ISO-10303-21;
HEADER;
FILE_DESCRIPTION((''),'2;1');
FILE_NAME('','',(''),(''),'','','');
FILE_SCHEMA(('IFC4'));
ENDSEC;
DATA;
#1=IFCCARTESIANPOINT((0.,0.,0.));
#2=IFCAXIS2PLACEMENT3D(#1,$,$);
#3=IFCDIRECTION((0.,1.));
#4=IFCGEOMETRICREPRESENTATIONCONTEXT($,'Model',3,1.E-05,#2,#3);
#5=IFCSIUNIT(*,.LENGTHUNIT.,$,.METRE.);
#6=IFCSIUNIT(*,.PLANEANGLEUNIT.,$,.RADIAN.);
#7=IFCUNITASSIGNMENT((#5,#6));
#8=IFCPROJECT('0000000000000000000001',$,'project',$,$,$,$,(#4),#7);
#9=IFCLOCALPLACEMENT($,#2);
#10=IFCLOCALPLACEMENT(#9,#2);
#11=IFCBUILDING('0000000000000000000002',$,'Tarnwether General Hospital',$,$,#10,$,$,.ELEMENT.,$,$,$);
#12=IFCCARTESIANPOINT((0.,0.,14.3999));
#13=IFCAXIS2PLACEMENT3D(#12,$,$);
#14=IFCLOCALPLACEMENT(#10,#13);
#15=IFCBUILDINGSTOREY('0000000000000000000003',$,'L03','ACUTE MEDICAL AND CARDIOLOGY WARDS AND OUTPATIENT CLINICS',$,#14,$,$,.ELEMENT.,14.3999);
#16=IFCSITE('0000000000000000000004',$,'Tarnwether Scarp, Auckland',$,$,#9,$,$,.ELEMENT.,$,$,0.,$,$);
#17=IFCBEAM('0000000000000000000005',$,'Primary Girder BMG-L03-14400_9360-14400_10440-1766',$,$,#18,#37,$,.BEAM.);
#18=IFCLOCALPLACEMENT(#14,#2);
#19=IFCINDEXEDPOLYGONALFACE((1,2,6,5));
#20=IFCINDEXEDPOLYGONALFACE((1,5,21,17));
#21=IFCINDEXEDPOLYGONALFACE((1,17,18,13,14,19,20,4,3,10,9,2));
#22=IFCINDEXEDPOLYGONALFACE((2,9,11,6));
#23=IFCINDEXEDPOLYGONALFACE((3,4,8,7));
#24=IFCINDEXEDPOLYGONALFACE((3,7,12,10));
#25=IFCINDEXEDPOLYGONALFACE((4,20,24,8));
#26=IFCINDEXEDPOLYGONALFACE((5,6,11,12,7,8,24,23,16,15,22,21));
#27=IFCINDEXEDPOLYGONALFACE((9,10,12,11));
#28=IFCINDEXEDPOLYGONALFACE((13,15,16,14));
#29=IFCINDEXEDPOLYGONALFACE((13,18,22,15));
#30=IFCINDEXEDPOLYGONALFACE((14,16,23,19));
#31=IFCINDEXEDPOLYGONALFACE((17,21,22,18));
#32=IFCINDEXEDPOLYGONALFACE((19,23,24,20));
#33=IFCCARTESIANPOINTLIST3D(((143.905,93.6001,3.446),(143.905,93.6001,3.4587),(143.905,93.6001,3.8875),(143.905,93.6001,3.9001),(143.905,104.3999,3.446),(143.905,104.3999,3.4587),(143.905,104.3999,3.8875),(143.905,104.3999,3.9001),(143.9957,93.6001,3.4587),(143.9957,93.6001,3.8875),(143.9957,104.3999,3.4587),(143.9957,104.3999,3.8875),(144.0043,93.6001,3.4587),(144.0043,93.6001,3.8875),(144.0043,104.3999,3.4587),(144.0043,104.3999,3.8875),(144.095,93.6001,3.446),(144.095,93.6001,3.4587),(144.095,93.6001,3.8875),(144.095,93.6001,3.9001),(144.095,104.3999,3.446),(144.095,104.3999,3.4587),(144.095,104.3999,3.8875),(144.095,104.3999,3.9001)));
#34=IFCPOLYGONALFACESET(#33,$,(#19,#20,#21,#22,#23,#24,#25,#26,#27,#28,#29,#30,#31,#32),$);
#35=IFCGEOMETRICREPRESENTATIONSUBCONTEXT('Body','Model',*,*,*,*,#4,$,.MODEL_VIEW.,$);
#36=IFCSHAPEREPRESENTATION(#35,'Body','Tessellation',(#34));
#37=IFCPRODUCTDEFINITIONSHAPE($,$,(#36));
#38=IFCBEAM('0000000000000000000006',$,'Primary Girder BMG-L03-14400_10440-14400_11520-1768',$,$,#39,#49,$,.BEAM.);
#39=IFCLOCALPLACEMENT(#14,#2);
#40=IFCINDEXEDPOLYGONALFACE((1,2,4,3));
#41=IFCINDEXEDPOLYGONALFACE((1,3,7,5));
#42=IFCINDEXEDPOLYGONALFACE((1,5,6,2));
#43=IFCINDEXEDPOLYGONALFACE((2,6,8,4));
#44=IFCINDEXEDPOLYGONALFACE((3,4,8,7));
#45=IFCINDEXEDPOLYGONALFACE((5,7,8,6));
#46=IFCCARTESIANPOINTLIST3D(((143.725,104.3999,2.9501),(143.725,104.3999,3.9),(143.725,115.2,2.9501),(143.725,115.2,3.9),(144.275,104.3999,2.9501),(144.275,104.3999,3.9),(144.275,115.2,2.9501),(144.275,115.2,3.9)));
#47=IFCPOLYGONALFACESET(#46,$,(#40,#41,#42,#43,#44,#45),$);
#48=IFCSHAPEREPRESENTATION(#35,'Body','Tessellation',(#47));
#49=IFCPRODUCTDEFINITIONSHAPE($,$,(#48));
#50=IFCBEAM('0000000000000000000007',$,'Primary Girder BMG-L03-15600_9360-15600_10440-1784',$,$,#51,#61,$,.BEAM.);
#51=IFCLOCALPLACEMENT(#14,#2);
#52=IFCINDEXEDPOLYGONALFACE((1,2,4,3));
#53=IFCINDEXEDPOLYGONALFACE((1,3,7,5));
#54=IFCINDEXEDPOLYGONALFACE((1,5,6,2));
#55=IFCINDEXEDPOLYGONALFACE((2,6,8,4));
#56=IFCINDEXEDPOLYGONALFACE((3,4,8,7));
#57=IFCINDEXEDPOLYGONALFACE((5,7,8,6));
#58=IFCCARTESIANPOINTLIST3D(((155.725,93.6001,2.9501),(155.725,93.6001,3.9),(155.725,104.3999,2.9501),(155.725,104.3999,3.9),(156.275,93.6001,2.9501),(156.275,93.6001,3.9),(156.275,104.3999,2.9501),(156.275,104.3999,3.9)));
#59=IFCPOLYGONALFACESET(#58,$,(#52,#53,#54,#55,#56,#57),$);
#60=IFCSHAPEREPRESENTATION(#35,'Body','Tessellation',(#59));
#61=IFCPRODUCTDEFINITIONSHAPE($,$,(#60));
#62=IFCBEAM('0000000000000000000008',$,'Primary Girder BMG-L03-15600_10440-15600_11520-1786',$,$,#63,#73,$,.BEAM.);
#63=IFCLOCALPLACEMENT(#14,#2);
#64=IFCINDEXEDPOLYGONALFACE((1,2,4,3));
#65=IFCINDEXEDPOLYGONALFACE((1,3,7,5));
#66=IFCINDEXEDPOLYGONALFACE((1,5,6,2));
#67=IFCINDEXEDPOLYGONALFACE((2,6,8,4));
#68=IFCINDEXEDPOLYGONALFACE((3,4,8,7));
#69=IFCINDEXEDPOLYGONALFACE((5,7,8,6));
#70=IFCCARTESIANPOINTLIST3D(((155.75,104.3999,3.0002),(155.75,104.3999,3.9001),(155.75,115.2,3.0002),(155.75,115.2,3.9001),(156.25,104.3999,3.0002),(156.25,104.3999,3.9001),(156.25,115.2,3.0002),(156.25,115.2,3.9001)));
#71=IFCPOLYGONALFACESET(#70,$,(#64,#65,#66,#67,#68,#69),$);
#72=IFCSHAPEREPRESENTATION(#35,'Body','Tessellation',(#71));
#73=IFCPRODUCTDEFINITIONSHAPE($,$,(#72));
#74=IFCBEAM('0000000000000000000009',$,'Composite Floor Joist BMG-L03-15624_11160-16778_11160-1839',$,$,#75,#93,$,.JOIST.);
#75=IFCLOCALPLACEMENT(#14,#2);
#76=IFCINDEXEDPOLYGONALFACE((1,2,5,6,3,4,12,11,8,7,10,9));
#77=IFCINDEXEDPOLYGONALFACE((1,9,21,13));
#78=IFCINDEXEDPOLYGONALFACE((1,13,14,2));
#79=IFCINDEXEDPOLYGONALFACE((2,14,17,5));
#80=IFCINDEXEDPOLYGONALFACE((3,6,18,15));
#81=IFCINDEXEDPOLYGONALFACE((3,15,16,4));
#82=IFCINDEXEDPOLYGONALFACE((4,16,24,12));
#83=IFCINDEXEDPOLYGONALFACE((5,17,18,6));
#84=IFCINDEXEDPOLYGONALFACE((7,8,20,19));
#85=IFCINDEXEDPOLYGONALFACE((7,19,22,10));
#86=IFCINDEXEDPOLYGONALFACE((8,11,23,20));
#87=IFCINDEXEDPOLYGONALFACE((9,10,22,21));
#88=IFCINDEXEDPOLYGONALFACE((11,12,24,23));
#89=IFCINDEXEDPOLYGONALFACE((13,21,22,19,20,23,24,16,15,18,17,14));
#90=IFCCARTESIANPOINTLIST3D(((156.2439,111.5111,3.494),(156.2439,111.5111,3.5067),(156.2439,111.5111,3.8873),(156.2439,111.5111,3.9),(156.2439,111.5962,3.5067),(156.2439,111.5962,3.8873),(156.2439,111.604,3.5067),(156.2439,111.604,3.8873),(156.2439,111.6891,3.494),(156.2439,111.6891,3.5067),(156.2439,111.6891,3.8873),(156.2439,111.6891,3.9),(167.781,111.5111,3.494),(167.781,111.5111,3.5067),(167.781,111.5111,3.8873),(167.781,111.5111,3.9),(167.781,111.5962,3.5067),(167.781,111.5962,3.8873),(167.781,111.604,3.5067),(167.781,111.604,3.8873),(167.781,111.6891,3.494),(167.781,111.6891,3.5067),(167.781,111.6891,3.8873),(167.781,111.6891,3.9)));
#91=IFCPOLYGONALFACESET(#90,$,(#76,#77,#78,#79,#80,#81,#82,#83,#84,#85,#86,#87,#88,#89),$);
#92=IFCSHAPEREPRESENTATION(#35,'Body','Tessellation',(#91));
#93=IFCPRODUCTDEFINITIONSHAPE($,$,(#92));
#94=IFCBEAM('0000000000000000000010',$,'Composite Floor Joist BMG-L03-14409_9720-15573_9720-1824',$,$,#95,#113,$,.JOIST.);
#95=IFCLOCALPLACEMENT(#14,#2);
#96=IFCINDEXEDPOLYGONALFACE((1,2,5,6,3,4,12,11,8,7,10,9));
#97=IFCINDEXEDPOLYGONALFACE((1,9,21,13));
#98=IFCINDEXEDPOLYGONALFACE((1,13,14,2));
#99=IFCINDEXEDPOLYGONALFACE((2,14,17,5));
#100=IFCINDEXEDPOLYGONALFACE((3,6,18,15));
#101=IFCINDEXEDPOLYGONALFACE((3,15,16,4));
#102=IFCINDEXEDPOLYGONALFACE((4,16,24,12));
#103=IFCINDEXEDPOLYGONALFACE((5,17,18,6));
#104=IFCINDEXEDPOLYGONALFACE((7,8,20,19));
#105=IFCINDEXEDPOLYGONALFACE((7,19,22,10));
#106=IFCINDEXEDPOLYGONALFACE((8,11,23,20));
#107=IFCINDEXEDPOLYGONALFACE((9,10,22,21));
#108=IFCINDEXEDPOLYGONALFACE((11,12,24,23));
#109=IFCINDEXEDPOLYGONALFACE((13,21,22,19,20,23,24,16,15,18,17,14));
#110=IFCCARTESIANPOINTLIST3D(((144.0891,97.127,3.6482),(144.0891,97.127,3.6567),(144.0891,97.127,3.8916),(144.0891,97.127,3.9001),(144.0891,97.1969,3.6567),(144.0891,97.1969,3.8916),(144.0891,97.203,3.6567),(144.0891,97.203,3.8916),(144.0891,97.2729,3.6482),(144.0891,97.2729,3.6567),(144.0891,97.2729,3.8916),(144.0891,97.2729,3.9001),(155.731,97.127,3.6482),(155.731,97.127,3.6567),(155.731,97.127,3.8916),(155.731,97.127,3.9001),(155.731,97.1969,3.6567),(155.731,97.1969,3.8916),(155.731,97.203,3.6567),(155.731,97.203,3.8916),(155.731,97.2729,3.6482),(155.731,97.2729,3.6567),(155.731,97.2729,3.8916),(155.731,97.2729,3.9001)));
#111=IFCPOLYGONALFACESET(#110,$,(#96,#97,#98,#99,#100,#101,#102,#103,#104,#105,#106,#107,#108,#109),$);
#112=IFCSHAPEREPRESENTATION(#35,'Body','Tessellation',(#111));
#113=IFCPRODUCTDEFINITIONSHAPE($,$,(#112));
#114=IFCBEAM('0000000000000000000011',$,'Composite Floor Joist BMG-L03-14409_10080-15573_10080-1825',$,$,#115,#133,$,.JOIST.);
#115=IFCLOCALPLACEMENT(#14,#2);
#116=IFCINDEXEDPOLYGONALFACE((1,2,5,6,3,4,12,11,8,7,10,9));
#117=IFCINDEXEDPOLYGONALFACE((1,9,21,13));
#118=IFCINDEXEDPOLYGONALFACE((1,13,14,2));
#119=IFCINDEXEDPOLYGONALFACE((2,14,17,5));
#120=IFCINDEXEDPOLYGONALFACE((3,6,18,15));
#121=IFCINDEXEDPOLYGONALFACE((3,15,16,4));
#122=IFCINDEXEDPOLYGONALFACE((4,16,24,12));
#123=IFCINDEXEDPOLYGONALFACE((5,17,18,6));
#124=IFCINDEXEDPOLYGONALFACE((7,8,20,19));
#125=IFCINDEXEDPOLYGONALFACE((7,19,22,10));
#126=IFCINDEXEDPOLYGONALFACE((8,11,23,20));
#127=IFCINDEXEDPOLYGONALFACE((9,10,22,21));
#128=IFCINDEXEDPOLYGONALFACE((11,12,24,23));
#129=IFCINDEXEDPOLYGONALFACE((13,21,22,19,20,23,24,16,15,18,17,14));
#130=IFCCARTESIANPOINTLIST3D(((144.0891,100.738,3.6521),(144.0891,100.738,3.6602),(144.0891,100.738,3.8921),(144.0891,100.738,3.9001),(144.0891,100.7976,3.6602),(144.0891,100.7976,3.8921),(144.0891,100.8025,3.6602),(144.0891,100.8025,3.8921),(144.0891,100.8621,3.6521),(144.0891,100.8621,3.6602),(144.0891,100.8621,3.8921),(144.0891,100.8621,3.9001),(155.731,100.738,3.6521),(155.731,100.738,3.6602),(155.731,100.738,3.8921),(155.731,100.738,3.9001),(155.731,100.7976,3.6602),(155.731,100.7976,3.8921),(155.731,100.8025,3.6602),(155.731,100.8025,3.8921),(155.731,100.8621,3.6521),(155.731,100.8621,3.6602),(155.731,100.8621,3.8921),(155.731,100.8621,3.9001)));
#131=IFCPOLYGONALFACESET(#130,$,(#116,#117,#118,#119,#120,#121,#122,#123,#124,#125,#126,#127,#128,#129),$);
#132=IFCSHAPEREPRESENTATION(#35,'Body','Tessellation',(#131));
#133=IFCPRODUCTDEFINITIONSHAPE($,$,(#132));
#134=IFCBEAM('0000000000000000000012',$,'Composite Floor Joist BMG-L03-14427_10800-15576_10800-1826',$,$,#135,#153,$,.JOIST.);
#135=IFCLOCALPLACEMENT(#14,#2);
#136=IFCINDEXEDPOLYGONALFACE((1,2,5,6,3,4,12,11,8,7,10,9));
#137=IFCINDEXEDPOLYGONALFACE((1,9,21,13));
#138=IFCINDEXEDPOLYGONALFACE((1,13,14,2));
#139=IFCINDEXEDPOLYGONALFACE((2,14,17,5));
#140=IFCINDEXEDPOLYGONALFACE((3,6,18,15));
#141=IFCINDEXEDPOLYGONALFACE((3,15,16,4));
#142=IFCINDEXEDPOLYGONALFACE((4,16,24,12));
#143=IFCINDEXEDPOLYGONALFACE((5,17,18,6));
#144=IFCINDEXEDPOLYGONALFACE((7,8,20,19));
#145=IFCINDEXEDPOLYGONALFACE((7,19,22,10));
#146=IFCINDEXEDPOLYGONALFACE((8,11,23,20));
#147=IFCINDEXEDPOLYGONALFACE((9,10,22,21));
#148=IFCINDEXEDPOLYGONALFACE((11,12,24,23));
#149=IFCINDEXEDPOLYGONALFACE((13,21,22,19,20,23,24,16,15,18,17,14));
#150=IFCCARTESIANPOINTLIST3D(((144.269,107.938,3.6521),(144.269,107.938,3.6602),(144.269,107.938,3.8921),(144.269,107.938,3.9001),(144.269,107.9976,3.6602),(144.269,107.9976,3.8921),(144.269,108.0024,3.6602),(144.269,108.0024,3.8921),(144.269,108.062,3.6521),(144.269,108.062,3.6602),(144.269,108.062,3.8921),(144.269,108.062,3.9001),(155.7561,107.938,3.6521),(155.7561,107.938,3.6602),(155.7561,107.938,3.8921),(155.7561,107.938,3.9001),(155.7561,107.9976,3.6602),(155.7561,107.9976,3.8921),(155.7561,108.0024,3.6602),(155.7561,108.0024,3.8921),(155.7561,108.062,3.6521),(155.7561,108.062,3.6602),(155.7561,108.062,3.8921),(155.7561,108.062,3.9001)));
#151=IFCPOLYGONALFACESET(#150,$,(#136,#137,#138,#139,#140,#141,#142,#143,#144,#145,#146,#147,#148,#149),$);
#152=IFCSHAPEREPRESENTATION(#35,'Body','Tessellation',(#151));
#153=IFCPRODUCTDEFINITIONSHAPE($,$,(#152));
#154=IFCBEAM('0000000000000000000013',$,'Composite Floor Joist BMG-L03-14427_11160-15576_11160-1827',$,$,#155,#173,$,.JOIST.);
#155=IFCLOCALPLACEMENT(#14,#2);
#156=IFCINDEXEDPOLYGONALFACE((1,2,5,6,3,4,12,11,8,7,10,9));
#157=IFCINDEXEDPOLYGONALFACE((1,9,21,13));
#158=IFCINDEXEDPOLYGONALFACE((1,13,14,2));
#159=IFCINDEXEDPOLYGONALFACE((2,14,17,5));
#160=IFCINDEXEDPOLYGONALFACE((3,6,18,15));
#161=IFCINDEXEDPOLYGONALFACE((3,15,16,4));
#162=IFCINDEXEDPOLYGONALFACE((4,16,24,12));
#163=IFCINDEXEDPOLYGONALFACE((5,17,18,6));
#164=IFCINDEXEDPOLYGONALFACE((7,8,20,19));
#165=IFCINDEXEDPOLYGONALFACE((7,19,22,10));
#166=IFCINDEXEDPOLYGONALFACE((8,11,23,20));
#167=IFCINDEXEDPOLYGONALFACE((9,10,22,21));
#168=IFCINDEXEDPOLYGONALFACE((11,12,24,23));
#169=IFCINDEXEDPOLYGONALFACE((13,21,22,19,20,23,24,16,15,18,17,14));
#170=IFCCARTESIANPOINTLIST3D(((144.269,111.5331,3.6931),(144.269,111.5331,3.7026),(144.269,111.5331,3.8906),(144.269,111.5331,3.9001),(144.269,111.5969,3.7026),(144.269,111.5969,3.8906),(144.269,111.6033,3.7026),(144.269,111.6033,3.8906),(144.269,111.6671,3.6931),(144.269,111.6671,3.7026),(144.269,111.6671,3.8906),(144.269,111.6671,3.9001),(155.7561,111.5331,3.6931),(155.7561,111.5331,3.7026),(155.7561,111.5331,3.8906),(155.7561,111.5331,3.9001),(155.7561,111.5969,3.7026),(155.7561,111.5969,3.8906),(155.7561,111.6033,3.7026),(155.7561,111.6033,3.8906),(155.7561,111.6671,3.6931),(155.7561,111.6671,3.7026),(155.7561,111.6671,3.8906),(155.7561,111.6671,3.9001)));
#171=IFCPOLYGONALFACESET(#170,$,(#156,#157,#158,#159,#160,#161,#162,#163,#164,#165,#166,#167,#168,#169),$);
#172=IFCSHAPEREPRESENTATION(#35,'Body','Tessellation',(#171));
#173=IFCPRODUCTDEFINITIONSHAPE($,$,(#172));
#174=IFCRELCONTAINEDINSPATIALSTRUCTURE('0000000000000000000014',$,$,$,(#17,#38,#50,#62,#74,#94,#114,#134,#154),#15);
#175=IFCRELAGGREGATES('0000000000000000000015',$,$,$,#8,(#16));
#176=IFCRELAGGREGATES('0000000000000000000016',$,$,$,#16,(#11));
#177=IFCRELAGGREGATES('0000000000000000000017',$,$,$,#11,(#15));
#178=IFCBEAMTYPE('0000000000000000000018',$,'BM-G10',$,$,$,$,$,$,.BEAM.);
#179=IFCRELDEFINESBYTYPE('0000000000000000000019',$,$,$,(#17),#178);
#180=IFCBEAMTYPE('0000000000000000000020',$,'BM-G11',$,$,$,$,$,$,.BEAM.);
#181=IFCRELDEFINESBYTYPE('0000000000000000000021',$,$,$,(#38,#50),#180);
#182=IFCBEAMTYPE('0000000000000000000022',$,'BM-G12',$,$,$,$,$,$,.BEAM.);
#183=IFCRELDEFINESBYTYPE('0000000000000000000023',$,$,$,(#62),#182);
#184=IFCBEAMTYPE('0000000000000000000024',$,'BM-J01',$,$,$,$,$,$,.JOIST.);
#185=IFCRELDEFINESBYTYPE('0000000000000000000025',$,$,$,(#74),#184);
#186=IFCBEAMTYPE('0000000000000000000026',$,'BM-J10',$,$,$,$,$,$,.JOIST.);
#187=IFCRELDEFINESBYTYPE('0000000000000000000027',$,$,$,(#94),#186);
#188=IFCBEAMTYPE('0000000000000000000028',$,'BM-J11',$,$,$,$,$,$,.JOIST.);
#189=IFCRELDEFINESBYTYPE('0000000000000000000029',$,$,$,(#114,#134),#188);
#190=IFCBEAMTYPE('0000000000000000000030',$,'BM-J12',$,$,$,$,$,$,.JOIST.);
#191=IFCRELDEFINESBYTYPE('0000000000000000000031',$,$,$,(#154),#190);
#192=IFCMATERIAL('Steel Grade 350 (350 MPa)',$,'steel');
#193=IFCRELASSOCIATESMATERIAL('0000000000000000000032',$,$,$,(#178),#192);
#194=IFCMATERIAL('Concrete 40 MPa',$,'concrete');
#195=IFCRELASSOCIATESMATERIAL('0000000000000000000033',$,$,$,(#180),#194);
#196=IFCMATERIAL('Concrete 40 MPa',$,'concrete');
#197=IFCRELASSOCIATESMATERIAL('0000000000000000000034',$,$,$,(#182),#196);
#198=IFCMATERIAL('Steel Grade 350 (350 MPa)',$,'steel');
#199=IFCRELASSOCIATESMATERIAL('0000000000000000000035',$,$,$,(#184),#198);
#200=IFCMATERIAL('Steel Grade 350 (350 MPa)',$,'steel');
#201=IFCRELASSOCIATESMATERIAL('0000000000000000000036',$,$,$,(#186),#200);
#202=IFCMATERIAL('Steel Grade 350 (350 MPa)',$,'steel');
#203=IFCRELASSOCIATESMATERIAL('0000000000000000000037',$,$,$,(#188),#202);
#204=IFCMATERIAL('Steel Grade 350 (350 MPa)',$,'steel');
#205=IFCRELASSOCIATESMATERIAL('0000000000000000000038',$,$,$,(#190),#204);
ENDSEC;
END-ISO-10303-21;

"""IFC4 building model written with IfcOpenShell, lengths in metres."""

from ifc_helpers import new_model, si_unit, direction, frame, origin, origin_2d, place, context, subcontext, project, spatial, rectangle, i_section, extrude, material, material_profile, profile_set, type_object, element, save


model = new_model("IFC4")

# Units and contexts
model_context = context("Model", 3, precision=1e-05, world=origin(), true_north=direction((0.0, 1.0)))
body_context = subcontext(model_context, "Body", "Model", "MODEL_VIEW")
ifc_project = project(units=[si_unit("LENGTHUNIT", "METRE"), si_unit("PLANEANGLEUNIT", "RADIAN")], contexts=[model_context])

# Site, building, storey
site_placement = place(None, origin())
site = spatial("IfcSite", under=ifc_project, at=site_placement, Name="Tarnwether Scarp, Auckland", CompositionType="ELEMENT", RefElevation=0.0)
building_placement = place(site_placement, origin())
building = spatial("IfcBuilding", under=site, at=building_placement, Name="Tarnwether General Hospital", CompositionType="ELEMENT")
storey_placement = place(building_placement, frame((0.0, 0.0, 14.3999)))
storey = spatial("IfcBuildingStorey", under=building, at=storey_placement, Name="L03", Description="ACUTE MEDICAL AND CARDIOLOGY WARDS AND OUTPATIENT CLINICS", CompositionType="ELEMENT", Elevation=14.3999)

# Beams
ifc_material_1 = material(Name="Steel Grade 350 (350 MPa)", Category="steel")
ifc_material_profile_1 = material_profile(ifc_material_1, i_section(OverallWidth=0.1899, OverallDepth=0.4541, WebThickness=0.0085, FlangeThickness=0.0127, at=origin_2d()), Name="460UB67.1")
ifc_profile_set_1 = profile_set([ifc_material_profile_1], Name="Steel Grade 350 (350 MPa)")
beam_type_1 = type_object("IfcBeamType", Name="BM-G10", PredefinedType="BEAM", material=ifc_profile_set_1)
beam_1_placement = place(storey_placement, frame((144.0, 93.6001, 3.6731), z_axis=(0.0, 1.0, 0.0), x_axis=(-1.0, 0.0, 0.0)))
element("IfcBeam", 1, at=beam_1_placement, inside=storey, type_object=beam_type_1, Name="Primary Girder BMG-L03-14400_9360-14400_10440-1766", PredefinedType="BEAM", context=body_context, shape_type="SweptSolid", body=[
    extrude(i_section(OverallWidth=0.1899, OverallDepth=0.4541, WebThickness=0.0085, FlangeThickness=0.0127, at=origin_2d()), origin(), (0.0, 0.0, 1.0), 10.7998),
])
ifc_material_2 = material(Name="Concrete 40 MPa", Category="concrete")
ifc_material_profile_2 = material_profile(ifc_material_2, rectangle(XDim=0.55, YDim=0.95, at=origin_2d()), Name="RC-BM-550x950")
ifc_profile_set_2 = profile_set([ifc_material_profile_2], Name="Concrete 40 MPa")
beam_type_2 = type_object("IfcBeamType", Name="BM-G11", PredefinedType="BEAM", material=ifc_profile_set_2)
beam_2_placement = place(storey_placement, frame((144.0, 104.3999, 3.425), z_axis=(0.0, 1.0, 0.0), x_axis=(-1.0, 0.0, 0.0)))
element("IfcBeam", 2, at=beam_2_placement, inside=storey, type_object=beam_type_2, Name="Primary Girder BMG-L03-14400_10440-14400_11520-1768", PredefinedType="BEAM", context=body_context, shape_type="SweptSolid", body=[
    extrude(rectangle(XDim=0.55, YDim=0.95, at=origin_2d()), origin(), (0.0, 0.0, 1.0), 10.8),
])
beam_3_placement = place(storey_placement, frame((156.0, 93.6001, 3.425), z_axis=(0.0, 1.0, 0.0), x_axis=(-1.0, 0.0, 0.0)))
element("IfcBeam", 3, at=beam_3_placement, inside=storey, type_object=beam_type_2, Name="Primary Girder BMG-L03-15600_9360-15600_10440-1784", PredefinedType="BEAM", context=body_context, shape_type="SweptSolid", body=[
    extrude(rectangle(XDim=0.55, YDim=0.95, at=origin_2d()), origin(), (0.0, 0.0, 1.0), 10.7998),
])
ifc_material_3 = material(Name="Concrete 40 MPa", Category="concrete")
ifc_material_profile_3 = material_profile(ifc_material_3, rectangle(XDim=0.5, YDim=0.8999, at=origin_2d()), Name="RC-BM-500x900")
ifc_profile_set_3 = profile_set([ifc_material_profile_3], Name="Concrete 40 MPa")
beam_type_3 = type_object("IfcBeamType", Name="BM-G12", PredefinedType="BEAM", material=ifc_profile_set_3)
beam_4_placement = place(storey_placement, frame((156.0, 104.3999, 3.4502), z_axis=(0.0, 1.0, 0.0), x_axis=(-1.0, 0.0, 0.0)))
element("IfcBeam", 4, at=beam_4_placement, inside=storey, type_object=beam_type_3, Name="Primary Girder BMG-L03-15600_10440-15600_11520-1786", PredefinedType="BEAM", context=body_context, shape_type="SweptSolid", body=[
    extrude(rectangle(XDim=0.5, YDim=0.8999, at=origin_2d()), origin(), (0.0, 0.0, 1.0), 10.8),
])
ifc_material_4 = material(Name="Steel Grade 350 (350 MPa)", Category="steel")
ifc_material_profile_4 = material_profile(ifc_material_4, i_section(OverallWidth=0.178, OverallDepth=0.406, WebThickness=0.0078, FlangeThickness=0.0127, at=origin_2d()), Name="410UB59.7")
ifc_profile_set_4 = profile_set([ifc_material_profile_4], Name="Steel Grade 350 (350 MPa)")
beam_type_4 = type_object("IfcBeamType", Name="BM-J01", PredefinedType="JOIST", material=ifc_profile_set_4)
beam_5_placement = place(storey_placement, frame((156.2439, 111.6001, 3.697), z_axis=(1.0, 0.0, 0.0), x_axis=(0.0, 1.0, 0.0)))
element("IfcBeam", 5, at=beam_5_placement, inside=storey, type_object=beam_type_4, Name="Composite Floor Joist BMG-L03-15624_11160-16778_11160-1839", PredefinedType="JOIST", context=body_context, shape_type="SweptSolid", body=[
    extrude(i_section(OverallWidth=0.178, OverallDepth=0.406, WebThickness=0.0078, FlangeThickness=0.0127, at=origin_2d()), origin(), (0.0, 0.0, 1.0), 11.5371),
])
ifc_material_5 = material(Name="Steel Grade 350 (350 MPa)", Category="steel")
ifc_material_profile_5 = material_profile(ifc_material_5, i_section(OverallWidth=0.146, OverallDepth=0.252, WebThickness=0.0061, FlangeThickness=0.0085, at=origin_2d()), Name="250UB31.4")
ifc_profile_set_5 = profile_set([ifc_material_profile_5], Name="Steel Grade 350 (350 MPa)")
beam_type_5 = type_object("IfcBeamType", Name="BM-J10", PredefinedType="JOIST", material=ifc_profile_set_5)
beam_6_placement = place(storey_placement, frame((144.0891, 97.2, 3.7742), z_axis=(1.0, 0.0, 0.0), x_axis=(0.0, 1.0, 0.0)))
element("IfcBeam", 6, at=beam_6_placement, inside=storey, type_object=beam_type_5, Name="Composite Floor Joist BMG-L03-14409_9720-15573_9720-1824", PredefinedType="JOIST", context=body_context, shape_type="SweptSolid", body=[
    extrude(i_section(OverallWidth=0.146, OverallDepth=0.252, WebThickness=0.0061, FlangeThickness=0.0085, at=origin_2d()), origin(), (0.0, 0.0, 1.0), 11.6418),
])
ifc_material_6 = material(Name="Steel Grade 350 (350 MPa)", Category="steel")
ifc_material_profile_6 = material_profile(ifc_material_6, i_section(OverallWidth=0.124, OverallDepth=0.248, WebThickness=0.0049, FlangeThickness=0.0081, at=origin_2d()), Name="250UB25.7")
ifc_profile_set_6 = profile_set([ifc_material_profile_6], Name="Steel Grade 350 (350 MPa)")
beam_type_6 = type_object("IfcBeamType", Name="BM-J11", PredefinedType="JOIST", material=ifc_profile_set_6)
beam_7_placement = place(storey_placement, frame((144.0891, 100.8, 3.7761), z_axis=(1.0, 0.0, 0.0), x_axis=(0.0, 1.0, 0.0)))
element("IfcBeam", 7, at=beam_7_placement, inside=storey, type_object=beam_type_6, Name="Composite Floor Joist BMG-L03-14409_10080-15573_10080-1825", PredefinedType="JOIST", context=body_context, shape_type="SweptSolid", body=[
    extrude(i_section(OverallWidth=0.124, OverallDepth=0.248, WebThickness=0.0049, FlangeThickness=0.0081, at=origin_2d()), origin(), (0.0, 0.0, 1.0), 11.6418),
])
beam_8_placement = place(storey_placement, frame((144.269, 108.0, 3.7761), z_axis=(1.0, 0.0, 0.0), x_axis=(0.0, 1.0, 0.0)))
element("IfcBeam", 8, at=beam_8_placement, inside=storey, type_object=beam_type_6, Name="Composite Floor Joist BMG-L03-14427_10800-15576_10800-1826", PredefinedType="JOIST", context=body_context, shape_type="SweptSolid", body=[
    extrude(i_section(OverallWidth=0.124, OverallDepth=0.248, WebThickness=0.0049, FlangeThickness=0.0081, at=origin_2d()), origin(), (0.0, 0.0, 1.0), 11.4871),
])
ifc_material_7 = material(Name="Steel Grade 350 (350 MPa)", Category="steel")
ifc_material_profile_7 = material_profile(ifc_material_7, i_section(OverallWidth=0.134, OverallDepth=0.207, WebThickness=0.0063, FlangeThickness=0.0095, at=origin_2d()), Name="200UB29.8")
ifc_profile_set_7 = profile_set([ifc_material_profile_7], Name="Steel Grade 350 (350 MPa)")
beam_type_7 = type_object("IfcBeamType", Name="BM-J12", PredefinedType="JOIST", material=ifc_profile_set_7)
beam_9_placement = place(storey_placement, frame((144.269, 111.6001, 3.7966), z_axis=(1.0, 0.0, 0.0), x_axis=(0.0, 1.0, 0.0)))
element("IfcBeam", 9, at=beam_9_placement, inside=storey, type_object=beam_type_7, Name="Composite Floor Joist BMG-L03-14427_11160-15576_11160-1827", PredefinedType="JOIST", context=body_context, shape_type="SweptSolid", body=[
    extrude(i_section(OverallWidth=0.134, OverallDepth=0.207, WebThickness=0.0063, FlangeThickness=0.0095, at=origin_2d()), origin(), (0.0, 0.0, 1.0), 11.4871),
])

save(model, "model.ifc")
